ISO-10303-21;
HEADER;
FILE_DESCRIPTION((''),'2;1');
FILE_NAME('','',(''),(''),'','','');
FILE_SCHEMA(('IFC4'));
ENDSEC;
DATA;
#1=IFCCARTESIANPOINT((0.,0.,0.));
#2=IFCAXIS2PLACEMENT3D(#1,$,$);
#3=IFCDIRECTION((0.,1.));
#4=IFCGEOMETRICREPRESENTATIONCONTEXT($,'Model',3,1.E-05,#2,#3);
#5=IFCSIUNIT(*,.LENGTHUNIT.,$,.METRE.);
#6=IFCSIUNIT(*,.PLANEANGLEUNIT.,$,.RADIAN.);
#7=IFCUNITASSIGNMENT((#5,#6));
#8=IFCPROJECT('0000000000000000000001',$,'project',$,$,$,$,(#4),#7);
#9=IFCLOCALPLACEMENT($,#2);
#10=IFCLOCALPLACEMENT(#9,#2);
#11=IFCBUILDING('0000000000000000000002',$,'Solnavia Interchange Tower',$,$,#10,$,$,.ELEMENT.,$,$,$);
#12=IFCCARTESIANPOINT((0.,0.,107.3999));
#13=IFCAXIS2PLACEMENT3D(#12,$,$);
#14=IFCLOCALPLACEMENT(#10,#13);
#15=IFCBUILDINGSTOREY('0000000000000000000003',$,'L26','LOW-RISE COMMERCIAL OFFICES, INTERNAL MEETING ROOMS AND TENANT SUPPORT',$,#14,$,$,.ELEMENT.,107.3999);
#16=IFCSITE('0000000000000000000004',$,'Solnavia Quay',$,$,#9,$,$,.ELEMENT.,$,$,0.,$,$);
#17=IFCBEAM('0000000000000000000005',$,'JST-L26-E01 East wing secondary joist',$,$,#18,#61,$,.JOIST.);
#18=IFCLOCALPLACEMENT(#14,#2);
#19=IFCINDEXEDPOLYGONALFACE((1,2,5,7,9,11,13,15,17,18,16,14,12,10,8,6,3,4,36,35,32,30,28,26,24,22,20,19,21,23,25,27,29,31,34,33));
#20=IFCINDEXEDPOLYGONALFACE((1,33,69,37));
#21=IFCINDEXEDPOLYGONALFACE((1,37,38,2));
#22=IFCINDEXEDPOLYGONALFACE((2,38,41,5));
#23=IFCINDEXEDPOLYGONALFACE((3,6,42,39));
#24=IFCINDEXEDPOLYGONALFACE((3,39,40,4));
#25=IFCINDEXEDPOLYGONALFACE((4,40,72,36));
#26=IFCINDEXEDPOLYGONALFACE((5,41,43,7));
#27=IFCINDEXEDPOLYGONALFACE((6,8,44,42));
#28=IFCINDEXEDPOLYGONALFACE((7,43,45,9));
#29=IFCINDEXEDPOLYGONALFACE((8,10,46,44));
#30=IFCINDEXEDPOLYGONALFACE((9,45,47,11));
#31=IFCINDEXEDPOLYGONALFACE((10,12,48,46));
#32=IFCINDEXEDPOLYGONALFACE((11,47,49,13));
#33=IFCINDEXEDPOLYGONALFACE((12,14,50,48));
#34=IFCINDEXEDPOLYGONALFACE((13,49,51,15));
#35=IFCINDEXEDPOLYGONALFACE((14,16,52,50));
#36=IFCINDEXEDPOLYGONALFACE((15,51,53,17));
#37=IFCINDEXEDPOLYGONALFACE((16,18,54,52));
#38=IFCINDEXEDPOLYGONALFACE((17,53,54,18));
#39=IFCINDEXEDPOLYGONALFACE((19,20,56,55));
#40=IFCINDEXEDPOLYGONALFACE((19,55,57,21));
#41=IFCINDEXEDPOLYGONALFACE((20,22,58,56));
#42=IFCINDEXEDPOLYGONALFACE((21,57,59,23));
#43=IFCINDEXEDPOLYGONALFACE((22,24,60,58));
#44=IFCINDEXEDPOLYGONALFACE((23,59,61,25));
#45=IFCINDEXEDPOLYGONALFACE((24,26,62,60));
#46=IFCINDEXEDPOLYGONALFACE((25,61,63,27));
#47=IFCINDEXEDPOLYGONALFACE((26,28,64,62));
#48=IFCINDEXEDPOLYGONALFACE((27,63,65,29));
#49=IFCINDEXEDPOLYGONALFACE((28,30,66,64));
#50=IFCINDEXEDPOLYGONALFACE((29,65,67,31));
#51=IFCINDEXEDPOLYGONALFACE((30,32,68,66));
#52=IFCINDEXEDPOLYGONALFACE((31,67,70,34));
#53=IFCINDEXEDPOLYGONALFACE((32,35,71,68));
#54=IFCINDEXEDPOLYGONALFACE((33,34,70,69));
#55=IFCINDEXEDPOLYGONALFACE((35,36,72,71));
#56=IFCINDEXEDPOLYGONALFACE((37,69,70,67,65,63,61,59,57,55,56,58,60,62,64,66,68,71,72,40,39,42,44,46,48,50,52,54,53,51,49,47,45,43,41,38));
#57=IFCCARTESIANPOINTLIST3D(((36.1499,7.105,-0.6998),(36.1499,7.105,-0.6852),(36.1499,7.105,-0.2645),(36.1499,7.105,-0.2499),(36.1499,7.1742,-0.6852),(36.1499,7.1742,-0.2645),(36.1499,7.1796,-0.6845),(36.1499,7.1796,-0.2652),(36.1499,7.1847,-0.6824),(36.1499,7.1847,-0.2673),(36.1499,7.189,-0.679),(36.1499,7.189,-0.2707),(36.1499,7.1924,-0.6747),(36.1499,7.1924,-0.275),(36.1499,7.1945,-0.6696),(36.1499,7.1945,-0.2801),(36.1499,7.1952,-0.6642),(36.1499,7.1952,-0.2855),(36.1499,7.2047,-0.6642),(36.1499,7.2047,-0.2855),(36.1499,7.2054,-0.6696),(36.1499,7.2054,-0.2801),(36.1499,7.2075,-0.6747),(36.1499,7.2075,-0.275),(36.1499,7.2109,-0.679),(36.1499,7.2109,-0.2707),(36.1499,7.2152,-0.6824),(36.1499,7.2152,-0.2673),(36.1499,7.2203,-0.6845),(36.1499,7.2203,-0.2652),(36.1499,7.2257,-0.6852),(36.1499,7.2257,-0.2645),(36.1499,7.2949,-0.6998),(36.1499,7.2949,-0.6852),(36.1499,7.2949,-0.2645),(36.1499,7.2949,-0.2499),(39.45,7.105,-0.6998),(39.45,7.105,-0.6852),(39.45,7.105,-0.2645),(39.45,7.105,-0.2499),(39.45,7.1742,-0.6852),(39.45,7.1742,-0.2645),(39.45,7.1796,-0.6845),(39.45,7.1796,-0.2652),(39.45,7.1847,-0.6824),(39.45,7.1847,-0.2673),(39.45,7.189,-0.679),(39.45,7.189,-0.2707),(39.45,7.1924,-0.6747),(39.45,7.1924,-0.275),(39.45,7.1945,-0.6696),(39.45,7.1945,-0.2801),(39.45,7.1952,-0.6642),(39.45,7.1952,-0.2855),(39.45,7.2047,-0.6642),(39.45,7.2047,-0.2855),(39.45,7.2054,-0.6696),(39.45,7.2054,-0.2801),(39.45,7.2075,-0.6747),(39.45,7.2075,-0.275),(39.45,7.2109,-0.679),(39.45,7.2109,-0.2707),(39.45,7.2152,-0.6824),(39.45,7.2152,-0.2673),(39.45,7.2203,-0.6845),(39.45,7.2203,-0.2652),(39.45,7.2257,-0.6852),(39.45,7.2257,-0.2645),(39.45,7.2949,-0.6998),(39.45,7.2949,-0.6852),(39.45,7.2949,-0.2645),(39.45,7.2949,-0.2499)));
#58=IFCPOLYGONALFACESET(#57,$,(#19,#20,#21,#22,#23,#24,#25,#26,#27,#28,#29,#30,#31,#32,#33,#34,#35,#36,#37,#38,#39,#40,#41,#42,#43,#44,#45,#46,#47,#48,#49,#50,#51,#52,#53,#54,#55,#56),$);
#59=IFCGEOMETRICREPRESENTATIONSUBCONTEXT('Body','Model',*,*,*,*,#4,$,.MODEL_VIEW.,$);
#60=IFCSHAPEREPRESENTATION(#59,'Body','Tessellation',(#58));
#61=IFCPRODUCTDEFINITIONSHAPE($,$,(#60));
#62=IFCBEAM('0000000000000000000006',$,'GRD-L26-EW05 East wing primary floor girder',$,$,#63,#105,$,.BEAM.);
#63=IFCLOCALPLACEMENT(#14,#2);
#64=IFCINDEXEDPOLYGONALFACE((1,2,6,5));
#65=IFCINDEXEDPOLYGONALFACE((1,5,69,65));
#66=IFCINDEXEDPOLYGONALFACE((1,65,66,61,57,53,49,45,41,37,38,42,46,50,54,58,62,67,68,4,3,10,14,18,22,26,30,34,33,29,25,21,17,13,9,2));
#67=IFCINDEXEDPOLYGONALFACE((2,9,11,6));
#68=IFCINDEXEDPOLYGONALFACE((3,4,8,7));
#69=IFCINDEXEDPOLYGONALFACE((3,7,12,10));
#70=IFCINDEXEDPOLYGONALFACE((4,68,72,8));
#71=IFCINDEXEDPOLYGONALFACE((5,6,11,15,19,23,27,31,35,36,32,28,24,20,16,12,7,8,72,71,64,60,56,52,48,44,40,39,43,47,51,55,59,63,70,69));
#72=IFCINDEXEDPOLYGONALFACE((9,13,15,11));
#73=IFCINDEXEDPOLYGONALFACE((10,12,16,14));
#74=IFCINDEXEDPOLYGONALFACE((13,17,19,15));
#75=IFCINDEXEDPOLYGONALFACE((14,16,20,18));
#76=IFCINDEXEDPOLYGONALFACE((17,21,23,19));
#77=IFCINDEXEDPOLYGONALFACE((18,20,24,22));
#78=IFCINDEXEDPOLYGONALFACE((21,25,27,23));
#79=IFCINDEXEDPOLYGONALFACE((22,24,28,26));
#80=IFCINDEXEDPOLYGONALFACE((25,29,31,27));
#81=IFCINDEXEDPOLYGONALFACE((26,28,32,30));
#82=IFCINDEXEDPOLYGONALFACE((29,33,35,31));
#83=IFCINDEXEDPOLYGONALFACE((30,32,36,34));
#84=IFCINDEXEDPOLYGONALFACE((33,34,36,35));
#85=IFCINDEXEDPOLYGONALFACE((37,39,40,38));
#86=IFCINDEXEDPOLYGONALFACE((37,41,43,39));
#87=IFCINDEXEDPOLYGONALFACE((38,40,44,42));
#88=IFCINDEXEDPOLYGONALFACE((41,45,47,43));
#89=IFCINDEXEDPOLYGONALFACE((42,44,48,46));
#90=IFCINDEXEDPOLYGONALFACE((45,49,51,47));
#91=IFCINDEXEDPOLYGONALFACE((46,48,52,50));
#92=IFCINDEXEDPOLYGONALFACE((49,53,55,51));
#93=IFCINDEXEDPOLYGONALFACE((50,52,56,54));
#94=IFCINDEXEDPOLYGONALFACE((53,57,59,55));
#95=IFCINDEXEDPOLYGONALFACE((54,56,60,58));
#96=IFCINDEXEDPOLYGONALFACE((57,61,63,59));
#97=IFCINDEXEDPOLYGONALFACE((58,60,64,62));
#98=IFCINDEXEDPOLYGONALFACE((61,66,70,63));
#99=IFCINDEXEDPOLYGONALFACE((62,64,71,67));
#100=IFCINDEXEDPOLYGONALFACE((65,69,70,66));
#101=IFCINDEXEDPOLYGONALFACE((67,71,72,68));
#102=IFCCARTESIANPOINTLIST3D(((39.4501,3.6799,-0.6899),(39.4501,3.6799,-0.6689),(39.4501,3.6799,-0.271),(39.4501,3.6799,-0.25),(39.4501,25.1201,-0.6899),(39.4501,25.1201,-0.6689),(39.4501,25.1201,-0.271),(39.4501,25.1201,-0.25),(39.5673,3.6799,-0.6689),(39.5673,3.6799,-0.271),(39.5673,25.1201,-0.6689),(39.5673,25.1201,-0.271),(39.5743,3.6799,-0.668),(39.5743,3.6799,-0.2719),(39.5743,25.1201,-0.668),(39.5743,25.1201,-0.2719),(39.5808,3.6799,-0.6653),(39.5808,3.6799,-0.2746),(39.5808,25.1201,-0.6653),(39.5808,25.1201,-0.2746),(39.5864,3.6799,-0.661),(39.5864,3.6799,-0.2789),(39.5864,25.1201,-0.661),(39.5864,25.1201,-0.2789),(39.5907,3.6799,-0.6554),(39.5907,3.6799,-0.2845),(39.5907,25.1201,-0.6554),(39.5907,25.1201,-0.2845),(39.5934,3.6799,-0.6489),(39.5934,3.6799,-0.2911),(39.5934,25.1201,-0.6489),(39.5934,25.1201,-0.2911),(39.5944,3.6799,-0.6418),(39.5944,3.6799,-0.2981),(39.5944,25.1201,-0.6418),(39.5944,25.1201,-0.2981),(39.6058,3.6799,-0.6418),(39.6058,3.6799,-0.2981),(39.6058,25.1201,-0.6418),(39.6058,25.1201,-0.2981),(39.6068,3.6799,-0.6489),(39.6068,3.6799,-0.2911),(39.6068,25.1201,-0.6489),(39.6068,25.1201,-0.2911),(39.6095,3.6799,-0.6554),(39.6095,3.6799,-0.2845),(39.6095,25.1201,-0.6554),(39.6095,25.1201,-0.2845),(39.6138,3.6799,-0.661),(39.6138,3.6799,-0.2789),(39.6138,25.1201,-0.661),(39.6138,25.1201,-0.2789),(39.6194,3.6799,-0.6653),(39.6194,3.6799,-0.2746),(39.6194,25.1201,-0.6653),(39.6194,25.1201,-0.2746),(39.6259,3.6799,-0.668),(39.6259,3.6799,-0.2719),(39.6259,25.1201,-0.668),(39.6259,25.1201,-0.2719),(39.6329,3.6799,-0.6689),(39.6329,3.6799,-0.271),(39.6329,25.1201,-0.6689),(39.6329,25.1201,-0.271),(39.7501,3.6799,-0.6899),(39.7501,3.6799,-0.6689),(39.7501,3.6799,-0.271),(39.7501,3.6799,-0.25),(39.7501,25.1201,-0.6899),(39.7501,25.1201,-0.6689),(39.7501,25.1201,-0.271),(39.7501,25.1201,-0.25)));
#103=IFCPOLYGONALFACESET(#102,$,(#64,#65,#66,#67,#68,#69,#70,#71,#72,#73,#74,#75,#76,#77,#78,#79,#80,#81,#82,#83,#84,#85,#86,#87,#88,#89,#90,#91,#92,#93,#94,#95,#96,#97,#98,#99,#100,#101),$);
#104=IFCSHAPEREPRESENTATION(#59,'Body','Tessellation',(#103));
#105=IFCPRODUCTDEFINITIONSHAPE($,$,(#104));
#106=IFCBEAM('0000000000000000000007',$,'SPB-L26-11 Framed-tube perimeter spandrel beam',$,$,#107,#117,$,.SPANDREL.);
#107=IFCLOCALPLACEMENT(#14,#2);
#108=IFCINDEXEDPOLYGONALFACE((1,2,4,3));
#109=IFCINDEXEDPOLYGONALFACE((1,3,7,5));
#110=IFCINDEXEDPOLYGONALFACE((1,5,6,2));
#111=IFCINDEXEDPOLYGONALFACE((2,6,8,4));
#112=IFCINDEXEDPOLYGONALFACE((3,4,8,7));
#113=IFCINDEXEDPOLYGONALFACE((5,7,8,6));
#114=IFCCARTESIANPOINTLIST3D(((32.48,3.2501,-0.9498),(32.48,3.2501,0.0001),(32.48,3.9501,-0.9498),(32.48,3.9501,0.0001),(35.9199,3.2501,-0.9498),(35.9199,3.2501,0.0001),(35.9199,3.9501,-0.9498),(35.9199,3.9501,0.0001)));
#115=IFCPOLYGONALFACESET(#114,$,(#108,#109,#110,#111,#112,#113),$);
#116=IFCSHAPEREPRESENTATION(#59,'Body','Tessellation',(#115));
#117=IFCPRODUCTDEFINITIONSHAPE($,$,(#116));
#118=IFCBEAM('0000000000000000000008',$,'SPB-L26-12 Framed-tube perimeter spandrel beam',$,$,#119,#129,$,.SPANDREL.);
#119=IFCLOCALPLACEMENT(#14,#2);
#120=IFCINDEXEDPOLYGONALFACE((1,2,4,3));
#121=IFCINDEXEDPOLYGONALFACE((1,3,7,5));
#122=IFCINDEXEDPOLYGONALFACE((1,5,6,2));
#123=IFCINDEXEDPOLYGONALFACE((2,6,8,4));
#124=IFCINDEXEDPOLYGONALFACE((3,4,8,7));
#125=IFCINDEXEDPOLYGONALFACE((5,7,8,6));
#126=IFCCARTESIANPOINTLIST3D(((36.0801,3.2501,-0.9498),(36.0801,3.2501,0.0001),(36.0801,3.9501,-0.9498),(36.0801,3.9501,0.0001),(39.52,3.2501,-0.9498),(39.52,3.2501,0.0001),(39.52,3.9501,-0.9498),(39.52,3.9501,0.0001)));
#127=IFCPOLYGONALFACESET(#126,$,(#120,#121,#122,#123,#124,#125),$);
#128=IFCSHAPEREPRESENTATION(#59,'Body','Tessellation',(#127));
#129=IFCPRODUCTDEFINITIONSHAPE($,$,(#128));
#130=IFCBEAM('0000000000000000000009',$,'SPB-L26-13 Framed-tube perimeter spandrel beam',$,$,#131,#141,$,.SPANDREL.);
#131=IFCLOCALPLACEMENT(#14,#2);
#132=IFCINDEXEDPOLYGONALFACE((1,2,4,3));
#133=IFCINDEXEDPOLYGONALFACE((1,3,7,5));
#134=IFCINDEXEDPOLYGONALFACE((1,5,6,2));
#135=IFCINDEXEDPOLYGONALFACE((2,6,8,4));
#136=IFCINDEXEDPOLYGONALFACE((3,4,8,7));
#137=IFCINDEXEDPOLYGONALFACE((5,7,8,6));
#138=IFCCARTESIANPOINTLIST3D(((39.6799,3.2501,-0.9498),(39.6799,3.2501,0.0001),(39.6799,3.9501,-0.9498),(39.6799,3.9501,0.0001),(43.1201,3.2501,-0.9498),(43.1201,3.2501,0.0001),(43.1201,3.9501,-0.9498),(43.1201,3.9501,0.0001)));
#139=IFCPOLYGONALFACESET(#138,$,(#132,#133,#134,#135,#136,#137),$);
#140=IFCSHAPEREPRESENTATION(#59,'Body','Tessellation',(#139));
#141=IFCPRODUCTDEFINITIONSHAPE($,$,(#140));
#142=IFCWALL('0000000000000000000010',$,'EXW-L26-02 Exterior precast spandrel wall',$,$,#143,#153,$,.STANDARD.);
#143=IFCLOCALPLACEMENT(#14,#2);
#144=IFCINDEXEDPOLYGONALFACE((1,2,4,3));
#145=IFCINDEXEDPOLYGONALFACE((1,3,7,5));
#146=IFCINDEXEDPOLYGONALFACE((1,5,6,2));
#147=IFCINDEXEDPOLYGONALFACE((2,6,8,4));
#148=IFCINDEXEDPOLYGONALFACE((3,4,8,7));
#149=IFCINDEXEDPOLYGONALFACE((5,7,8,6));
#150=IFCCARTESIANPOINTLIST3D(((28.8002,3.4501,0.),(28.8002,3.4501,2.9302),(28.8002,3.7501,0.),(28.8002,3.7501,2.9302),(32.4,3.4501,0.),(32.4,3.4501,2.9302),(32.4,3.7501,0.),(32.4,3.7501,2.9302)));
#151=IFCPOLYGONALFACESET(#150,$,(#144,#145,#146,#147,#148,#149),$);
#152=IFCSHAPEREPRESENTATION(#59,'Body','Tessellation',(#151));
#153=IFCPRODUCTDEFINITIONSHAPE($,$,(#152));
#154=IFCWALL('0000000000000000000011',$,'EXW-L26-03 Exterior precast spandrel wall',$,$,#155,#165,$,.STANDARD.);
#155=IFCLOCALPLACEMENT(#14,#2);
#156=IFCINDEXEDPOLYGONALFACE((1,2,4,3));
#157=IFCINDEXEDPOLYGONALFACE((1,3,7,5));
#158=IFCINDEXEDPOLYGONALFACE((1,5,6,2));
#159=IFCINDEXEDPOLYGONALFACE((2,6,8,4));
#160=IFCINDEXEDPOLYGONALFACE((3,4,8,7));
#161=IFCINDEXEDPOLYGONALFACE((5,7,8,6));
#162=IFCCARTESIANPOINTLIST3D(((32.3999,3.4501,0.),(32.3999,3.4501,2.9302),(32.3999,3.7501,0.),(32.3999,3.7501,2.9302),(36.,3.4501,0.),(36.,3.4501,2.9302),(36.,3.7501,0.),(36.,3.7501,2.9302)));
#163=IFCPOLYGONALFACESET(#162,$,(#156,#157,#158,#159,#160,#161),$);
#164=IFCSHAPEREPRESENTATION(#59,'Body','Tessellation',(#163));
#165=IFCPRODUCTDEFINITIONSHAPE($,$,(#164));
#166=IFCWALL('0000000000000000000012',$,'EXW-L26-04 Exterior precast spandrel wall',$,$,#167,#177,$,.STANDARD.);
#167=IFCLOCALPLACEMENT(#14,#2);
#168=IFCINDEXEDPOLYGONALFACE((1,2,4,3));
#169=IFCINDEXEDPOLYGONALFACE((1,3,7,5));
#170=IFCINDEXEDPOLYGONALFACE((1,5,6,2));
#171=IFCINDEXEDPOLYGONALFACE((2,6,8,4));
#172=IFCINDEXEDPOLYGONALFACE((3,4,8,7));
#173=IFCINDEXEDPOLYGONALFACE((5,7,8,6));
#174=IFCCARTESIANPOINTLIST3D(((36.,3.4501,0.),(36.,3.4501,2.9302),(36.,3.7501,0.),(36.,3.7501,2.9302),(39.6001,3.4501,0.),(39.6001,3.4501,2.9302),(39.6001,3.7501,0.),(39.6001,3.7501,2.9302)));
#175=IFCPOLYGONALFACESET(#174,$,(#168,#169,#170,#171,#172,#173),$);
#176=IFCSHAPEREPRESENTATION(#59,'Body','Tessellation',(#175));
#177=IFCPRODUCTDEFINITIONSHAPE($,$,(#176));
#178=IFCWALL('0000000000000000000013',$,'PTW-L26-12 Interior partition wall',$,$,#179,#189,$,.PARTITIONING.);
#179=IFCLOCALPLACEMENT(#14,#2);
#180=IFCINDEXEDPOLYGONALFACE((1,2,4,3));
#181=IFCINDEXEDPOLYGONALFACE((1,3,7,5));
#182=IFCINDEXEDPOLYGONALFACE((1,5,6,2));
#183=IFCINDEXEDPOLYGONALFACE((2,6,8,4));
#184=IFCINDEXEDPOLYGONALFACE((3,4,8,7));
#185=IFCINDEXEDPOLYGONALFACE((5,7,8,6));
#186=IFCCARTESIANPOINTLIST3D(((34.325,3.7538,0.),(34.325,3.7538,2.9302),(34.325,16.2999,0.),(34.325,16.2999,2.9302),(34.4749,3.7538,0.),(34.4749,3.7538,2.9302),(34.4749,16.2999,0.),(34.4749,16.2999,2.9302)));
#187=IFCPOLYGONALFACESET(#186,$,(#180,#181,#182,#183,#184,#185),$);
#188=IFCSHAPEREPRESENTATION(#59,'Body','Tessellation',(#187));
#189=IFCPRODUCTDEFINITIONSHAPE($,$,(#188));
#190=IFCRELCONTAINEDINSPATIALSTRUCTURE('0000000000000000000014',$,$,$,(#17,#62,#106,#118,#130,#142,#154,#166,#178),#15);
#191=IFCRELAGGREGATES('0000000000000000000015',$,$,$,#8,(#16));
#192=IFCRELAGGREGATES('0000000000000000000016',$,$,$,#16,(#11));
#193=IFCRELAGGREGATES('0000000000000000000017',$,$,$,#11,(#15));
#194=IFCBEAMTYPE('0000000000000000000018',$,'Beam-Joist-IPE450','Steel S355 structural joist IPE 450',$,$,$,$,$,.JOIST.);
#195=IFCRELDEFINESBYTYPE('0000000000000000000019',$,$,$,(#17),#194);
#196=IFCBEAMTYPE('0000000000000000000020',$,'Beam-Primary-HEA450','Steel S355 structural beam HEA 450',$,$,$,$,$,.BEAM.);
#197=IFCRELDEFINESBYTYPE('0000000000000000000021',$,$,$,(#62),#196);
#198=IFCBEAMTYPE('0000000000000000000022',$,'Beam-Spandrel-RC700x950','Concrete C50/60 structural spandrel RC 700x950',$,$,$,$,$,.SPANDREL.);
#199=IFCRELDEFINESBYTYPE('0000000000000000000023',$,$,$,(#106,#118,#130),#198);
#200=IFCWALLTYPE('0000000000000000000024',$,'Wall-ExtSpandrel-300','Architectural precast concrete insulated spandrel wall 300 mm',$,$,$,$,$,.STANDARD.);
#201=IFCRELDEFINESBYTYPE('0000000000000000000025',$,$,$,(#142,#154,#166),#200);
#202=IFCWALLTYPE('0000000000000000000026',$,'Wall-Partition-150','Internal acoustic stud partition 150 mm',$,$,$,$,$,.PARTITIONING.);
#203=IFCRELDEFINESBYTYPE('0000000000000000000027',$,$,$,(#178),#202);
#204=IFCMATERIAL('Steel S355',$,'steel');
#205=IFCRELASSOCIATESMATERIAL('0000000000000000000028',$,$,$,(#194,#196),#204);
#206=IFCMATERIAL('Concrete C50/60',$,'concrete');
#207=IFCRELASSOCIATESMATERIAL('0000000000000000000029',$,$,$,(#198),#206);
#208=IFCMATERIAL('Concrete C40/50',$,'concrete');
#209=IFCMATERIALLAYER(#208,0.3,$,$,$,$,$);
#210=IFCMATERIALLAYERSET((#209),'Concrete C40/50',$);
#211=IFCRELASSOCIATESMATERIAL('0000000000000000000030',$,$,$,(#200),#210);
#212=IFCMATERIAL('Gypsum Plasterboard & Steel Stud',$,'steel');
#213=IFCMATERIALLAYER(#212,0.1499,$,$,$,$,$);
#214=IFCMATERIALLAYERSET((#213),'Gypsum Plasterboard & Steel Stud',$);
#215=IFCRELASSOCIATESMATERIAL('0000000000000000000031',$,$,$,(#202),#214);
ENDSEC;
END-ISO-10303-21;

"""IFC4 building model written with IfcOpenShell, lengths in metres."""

from ifc_helpers import new_model, si_unit, direction, frame, frame_2d, origin, origin_2d, place, context, subcontext, project, spatial, rectangle, i_section, extrude, material, layer, layer_set, material_profile, profile_set, type_object, element, save


model = new_model("IFC4")

# Units and contexts
model_context = context("Model", 3, precision=1e-05, world=origin(), true_north=direction((0.0, 1.0)))
body_context = subcontext(model_context, "Body", "Model", "MODEL_VIEW")
ifc_project = project(units=[si_unit("LENGTHUNIT", "METRE"), si_unit("PLANEANGLEUNIT", "RADIAN")], contexts=[model_context])

# Site, building, storey
site_placement = place(None, origin())
site = spatial("IfcSite", under=ifc_project, at=site_placement, Name="Solnavia Quay", CompositionType="ELEMENT", RefElevation=0.0)
building_placement = place(site_placement, origin())
building = spatial("IfcBuilding", under=site, at=building_placement, Name="Solnavia Interchange Tower", CompositionType="ELEMENT")
storey_placement = place(building_placement, frame((0.0, 0.0, 107.3999)))
storey = spatial("IfcBuildingStorey", under=building, at=storey_placement, Name="L26", Description="LOW-RISE COMMERCIAL OFFICES, INTERNAL MEETING ROOMS AND TENANT SUPPORT", CompositionType="ELEMENT", Elevation=107.3999)

# Shared definitions
ifc_material_1 = material(Name="Concrete C50/60", Category="concrete")
ifc_material_2 = material(Name="Steel S355", Category="steel")

# Beams
ifc_material_profile_1 = material_profile(ifc_material_2, i_section(OverallWidth=0.1899, OverallDepth=0.45, WebThickness=0.0095, FlangeThickness=0.0146, FilletRadius=0.021, at=origin_2d()), Name="IPE 450")
ifc_profile_set_1 = profile_set([ifc_material_profile_1], Name="Steel S355")
beam_type_1 = type_object("IfcBeamType", Name="Beam-Joist-IPE450", Description="Steel S355 structural joist IPE 450", PredefinedType="JOIST", material=ifc_profile_set_1)
beam_1_placement = place(storey_placement, frame((36.1499, 7.2, -0.4749), z_axis=(1.0, 0.0, 0.0), x_axis=(0.0, 1.0, 0.0)))
element("IfcBeam", 1, at=beam_1_placement, inside=storey, type_object=beam_type_1, Name="JST-L26-E01 East wing secondary joist", PredefinedType="JOIST", context=body_context, shape_type="SweptSolid", body=[
    extrude(i_section(OverallWidth=0.1899, OverallDepth=0.45, WebThickness=0.0095, FlangeThickness=0.0146, FilletRadius=0.021, at=origin_2d()), origin(), (0.0, 0.0, 1.0), 3.3),
])
ifc_material_profile_2 = material_profile(ifc_material_2, i_section(OverallWidth=0.3, OverallDepth=0.4399, WebThickness=0.0115, FlangeThickness=0.021, FilletRadius=0.0271, at=origin_2d()), Name="HEA 450")
ifc_profile_set_2 = profile_set([ifc_material_profile_2], Name="Steel S355")
beam_type_2 = type_object("IfcBeamType", Name="Beam-Primary-HEA450", Description="Steel S355 structural beam HEA 450", PredefinedType="BEAM", material=ifc_profile_set_2)
beam_2_placement = place(storey_placement, frame((39.6001, 3.6799, -0.47), z_axis=(0.0, 1.0, 0.0), x_axis=(-1.0, 0.0, 0.0)))
element("IfcBeam", 2, at=beam_2_placement, inside=storey, type_object=beam_type_2, Name="GRD-L26-EW05 East wing primary floor girder", PredefinedType="BEAM", context=body_context, shape_type="SweptSolid", body=[
    extrude(i_section(OverallWidth=0.3, OverallDepth=0.4399, WebThickness=0.0115, FlangeThickness=0.021, FilletRadius=0.0271, at=origin_2d()), origin(), (0.0, 0.0, 1.0), 21.4402),
])
ifc_material_profile_3 = material_profile(ifc_material_1, rectangle(XDim=0.7, YDim=0.95, at=origin_2d()), Name="RC 700x950")
ifc_profile_set_3 = profile_set([ifc_material_profile_3], Name="Concrete C50/60")
beam_type_3 = type_object("IfcBeamType", Name="Beam-Spandrel-RC700x950", Description="Concrete C50/60 structural spandrel RC 700x950", PredefinedType="SPANDREL", material=ifc_profile_set_3)
for number, where, z_axis, x_axis, name in (
    (3, (32.48, 3.6001, -0.4749), (1.0, 0.0, 0.0), (0.0, 1.0, 0.0), "SPB-L26-11 Framed-tube perimeter spandrel beam"),
    (4, (36.0801, 3.6001, -0.4749), (1.0, 0.0, 0.0), (0.0, 1.0, 0.0), "SPB-L26-12 Framed-tube perimeter spandrel beam"),
):
    element("IfcBeam", number, at=place(storey_placement, frame(where, z_axis=z_axis, x_axis=x_axis)), inside=storey, type_object=beam_type_3, Name=name, PredefinedType="SPANDREL", context=body_context, shape_type="SweptSolid", body=[
        extrude(rectangle(XDim=0.7, YDim=0.95, at=origin_2d()), origin(), (0.0, 0.0, 1.0), 3.4399),
    ])
beam_3_placement = place(storey_placement, frame((39.6799, 3.6001, -0.4749), z_axis=(1.0, 0.0, 0.0), x_axis=(0.0, 1.0, 0.0)))
element("IfcBeam", 5, at=beam_3_placement, inside=storey, type_object=beam_type_3, Name="SPB-L26-13 Framed-tube perimeter spandrel beam", PredefinedType="SPANDREL", context=body_context, shape_type="SweptSolid", body=[
    extrude(rectangle(XDim=0.7, YDim=0.95, at=origin_2d()), origin(), (0.0, 0.0, 1.0), 3.4402),
])

# Walls
ifc_material_3 = material(Name="Concrete C40/50", Category="concrete")
ifc_layer_1 = layer(ifc_material_3, 0.3)
ifc_layer_set_1 = layer_set([ifc_layer_1], Name="Concrete C40/50")
wall_type_1 = type_object("IfcWallType", Name="Wall-ExtSpandrel-300", Description="Architectural precast concrete insulated spandrel wall 300 mm", PredefinedType="STANDARD", material=ifc_layer_set_1)
wall_1_placement = place(storey_placement, frame((32.3999, 3.6001, 0.0), z_axis=(0.0, 0.0, 1.0), x_axis=(-1.0, 0.0, 0.0)))
element("IfcWall", 6, at=wall_1_placement, inside=storey, type_object=wall_type_1, Name="EXW-L26-02 Exterior precast spandrel wall", PredefinedType="STANDARD", context=body_context, shape_type="SweptSolid", body=[
    extrude(rectangle(XDim=3.5999, YDim=0.3, at=frame_2d((1.7998, 0.0))), origin(), (0.0, 0.0, 1.0), 2.9302),
])
for number, where, z_axis, x_axis, name in (
    (7, (36.0, 3.6001, 0.0), (0.0, 0.0, 1.0), (-1.0, 0.0, 0.0), "EXW-L26-03 Exterior precast spandrel wall"),
    (8, (39.6001, 3.6001, 0.0), (0.0, 0.0, 1.0), (-1.0, 0.0, 0.0), "EXW-L26-04 Exterior precast spandrel wall"),
):
    element("IfcWall", number, at=place(storey_placement, frame(where, z_axis=z_axis, x_axis=x_axis)), inside=storey, type_object=wall_type_1, Name=name, PredefinedType="STANDARD", context=body_context, shape_type="SweptSolid", body=[
        extrude(rectangle(XDim=3.6001, YDim=0.3, at=frame_2d((1.8, 0.0))), origin(), (0.0, 0.0, 1.0), 2.9302),
    ])
ifc_material_4 = material(Name="Gypsum Plasterboard & Steel Stud", Category="steel")
ifc_layer_2 = layer(ifc_material_4, 0.1499)
ifc_layer_set_2 = layer_set([ifc_layer_2], Name="Gypsum Plasterboard & Steel Stud")
wall_type_2 = type_object("IfcWallType", Name="Wall-Partition-150", Description="Internal acoustic stud partition 150 mm", PredefinedType="PARTITIONING", material=ifc_layer_set_2)
wall_2_placement = place(storey_placement, frame((34.3999, 3.7539, 0.0), z_axis=(0.0, 0.0, 1.0), x_axis=(0.0, 1.0, 0.0)))
element("IfcWall", 9, at=wall_2_placement, inside=storey, type_object=wall_type_2, Name="PTW-L26-12 Interior partition wall", PredefinedType="PARTITIONING", context=body_context, shape_type="SweptSolid", body=[
    extrude(rectangle(XDim=12.5461, YDim=0.1499, at=frame_2d((6.2729, 0.0))), origin(), (0.0, 0.0, 1.0), 2.9302),
])

save(model, "model.ifc")
